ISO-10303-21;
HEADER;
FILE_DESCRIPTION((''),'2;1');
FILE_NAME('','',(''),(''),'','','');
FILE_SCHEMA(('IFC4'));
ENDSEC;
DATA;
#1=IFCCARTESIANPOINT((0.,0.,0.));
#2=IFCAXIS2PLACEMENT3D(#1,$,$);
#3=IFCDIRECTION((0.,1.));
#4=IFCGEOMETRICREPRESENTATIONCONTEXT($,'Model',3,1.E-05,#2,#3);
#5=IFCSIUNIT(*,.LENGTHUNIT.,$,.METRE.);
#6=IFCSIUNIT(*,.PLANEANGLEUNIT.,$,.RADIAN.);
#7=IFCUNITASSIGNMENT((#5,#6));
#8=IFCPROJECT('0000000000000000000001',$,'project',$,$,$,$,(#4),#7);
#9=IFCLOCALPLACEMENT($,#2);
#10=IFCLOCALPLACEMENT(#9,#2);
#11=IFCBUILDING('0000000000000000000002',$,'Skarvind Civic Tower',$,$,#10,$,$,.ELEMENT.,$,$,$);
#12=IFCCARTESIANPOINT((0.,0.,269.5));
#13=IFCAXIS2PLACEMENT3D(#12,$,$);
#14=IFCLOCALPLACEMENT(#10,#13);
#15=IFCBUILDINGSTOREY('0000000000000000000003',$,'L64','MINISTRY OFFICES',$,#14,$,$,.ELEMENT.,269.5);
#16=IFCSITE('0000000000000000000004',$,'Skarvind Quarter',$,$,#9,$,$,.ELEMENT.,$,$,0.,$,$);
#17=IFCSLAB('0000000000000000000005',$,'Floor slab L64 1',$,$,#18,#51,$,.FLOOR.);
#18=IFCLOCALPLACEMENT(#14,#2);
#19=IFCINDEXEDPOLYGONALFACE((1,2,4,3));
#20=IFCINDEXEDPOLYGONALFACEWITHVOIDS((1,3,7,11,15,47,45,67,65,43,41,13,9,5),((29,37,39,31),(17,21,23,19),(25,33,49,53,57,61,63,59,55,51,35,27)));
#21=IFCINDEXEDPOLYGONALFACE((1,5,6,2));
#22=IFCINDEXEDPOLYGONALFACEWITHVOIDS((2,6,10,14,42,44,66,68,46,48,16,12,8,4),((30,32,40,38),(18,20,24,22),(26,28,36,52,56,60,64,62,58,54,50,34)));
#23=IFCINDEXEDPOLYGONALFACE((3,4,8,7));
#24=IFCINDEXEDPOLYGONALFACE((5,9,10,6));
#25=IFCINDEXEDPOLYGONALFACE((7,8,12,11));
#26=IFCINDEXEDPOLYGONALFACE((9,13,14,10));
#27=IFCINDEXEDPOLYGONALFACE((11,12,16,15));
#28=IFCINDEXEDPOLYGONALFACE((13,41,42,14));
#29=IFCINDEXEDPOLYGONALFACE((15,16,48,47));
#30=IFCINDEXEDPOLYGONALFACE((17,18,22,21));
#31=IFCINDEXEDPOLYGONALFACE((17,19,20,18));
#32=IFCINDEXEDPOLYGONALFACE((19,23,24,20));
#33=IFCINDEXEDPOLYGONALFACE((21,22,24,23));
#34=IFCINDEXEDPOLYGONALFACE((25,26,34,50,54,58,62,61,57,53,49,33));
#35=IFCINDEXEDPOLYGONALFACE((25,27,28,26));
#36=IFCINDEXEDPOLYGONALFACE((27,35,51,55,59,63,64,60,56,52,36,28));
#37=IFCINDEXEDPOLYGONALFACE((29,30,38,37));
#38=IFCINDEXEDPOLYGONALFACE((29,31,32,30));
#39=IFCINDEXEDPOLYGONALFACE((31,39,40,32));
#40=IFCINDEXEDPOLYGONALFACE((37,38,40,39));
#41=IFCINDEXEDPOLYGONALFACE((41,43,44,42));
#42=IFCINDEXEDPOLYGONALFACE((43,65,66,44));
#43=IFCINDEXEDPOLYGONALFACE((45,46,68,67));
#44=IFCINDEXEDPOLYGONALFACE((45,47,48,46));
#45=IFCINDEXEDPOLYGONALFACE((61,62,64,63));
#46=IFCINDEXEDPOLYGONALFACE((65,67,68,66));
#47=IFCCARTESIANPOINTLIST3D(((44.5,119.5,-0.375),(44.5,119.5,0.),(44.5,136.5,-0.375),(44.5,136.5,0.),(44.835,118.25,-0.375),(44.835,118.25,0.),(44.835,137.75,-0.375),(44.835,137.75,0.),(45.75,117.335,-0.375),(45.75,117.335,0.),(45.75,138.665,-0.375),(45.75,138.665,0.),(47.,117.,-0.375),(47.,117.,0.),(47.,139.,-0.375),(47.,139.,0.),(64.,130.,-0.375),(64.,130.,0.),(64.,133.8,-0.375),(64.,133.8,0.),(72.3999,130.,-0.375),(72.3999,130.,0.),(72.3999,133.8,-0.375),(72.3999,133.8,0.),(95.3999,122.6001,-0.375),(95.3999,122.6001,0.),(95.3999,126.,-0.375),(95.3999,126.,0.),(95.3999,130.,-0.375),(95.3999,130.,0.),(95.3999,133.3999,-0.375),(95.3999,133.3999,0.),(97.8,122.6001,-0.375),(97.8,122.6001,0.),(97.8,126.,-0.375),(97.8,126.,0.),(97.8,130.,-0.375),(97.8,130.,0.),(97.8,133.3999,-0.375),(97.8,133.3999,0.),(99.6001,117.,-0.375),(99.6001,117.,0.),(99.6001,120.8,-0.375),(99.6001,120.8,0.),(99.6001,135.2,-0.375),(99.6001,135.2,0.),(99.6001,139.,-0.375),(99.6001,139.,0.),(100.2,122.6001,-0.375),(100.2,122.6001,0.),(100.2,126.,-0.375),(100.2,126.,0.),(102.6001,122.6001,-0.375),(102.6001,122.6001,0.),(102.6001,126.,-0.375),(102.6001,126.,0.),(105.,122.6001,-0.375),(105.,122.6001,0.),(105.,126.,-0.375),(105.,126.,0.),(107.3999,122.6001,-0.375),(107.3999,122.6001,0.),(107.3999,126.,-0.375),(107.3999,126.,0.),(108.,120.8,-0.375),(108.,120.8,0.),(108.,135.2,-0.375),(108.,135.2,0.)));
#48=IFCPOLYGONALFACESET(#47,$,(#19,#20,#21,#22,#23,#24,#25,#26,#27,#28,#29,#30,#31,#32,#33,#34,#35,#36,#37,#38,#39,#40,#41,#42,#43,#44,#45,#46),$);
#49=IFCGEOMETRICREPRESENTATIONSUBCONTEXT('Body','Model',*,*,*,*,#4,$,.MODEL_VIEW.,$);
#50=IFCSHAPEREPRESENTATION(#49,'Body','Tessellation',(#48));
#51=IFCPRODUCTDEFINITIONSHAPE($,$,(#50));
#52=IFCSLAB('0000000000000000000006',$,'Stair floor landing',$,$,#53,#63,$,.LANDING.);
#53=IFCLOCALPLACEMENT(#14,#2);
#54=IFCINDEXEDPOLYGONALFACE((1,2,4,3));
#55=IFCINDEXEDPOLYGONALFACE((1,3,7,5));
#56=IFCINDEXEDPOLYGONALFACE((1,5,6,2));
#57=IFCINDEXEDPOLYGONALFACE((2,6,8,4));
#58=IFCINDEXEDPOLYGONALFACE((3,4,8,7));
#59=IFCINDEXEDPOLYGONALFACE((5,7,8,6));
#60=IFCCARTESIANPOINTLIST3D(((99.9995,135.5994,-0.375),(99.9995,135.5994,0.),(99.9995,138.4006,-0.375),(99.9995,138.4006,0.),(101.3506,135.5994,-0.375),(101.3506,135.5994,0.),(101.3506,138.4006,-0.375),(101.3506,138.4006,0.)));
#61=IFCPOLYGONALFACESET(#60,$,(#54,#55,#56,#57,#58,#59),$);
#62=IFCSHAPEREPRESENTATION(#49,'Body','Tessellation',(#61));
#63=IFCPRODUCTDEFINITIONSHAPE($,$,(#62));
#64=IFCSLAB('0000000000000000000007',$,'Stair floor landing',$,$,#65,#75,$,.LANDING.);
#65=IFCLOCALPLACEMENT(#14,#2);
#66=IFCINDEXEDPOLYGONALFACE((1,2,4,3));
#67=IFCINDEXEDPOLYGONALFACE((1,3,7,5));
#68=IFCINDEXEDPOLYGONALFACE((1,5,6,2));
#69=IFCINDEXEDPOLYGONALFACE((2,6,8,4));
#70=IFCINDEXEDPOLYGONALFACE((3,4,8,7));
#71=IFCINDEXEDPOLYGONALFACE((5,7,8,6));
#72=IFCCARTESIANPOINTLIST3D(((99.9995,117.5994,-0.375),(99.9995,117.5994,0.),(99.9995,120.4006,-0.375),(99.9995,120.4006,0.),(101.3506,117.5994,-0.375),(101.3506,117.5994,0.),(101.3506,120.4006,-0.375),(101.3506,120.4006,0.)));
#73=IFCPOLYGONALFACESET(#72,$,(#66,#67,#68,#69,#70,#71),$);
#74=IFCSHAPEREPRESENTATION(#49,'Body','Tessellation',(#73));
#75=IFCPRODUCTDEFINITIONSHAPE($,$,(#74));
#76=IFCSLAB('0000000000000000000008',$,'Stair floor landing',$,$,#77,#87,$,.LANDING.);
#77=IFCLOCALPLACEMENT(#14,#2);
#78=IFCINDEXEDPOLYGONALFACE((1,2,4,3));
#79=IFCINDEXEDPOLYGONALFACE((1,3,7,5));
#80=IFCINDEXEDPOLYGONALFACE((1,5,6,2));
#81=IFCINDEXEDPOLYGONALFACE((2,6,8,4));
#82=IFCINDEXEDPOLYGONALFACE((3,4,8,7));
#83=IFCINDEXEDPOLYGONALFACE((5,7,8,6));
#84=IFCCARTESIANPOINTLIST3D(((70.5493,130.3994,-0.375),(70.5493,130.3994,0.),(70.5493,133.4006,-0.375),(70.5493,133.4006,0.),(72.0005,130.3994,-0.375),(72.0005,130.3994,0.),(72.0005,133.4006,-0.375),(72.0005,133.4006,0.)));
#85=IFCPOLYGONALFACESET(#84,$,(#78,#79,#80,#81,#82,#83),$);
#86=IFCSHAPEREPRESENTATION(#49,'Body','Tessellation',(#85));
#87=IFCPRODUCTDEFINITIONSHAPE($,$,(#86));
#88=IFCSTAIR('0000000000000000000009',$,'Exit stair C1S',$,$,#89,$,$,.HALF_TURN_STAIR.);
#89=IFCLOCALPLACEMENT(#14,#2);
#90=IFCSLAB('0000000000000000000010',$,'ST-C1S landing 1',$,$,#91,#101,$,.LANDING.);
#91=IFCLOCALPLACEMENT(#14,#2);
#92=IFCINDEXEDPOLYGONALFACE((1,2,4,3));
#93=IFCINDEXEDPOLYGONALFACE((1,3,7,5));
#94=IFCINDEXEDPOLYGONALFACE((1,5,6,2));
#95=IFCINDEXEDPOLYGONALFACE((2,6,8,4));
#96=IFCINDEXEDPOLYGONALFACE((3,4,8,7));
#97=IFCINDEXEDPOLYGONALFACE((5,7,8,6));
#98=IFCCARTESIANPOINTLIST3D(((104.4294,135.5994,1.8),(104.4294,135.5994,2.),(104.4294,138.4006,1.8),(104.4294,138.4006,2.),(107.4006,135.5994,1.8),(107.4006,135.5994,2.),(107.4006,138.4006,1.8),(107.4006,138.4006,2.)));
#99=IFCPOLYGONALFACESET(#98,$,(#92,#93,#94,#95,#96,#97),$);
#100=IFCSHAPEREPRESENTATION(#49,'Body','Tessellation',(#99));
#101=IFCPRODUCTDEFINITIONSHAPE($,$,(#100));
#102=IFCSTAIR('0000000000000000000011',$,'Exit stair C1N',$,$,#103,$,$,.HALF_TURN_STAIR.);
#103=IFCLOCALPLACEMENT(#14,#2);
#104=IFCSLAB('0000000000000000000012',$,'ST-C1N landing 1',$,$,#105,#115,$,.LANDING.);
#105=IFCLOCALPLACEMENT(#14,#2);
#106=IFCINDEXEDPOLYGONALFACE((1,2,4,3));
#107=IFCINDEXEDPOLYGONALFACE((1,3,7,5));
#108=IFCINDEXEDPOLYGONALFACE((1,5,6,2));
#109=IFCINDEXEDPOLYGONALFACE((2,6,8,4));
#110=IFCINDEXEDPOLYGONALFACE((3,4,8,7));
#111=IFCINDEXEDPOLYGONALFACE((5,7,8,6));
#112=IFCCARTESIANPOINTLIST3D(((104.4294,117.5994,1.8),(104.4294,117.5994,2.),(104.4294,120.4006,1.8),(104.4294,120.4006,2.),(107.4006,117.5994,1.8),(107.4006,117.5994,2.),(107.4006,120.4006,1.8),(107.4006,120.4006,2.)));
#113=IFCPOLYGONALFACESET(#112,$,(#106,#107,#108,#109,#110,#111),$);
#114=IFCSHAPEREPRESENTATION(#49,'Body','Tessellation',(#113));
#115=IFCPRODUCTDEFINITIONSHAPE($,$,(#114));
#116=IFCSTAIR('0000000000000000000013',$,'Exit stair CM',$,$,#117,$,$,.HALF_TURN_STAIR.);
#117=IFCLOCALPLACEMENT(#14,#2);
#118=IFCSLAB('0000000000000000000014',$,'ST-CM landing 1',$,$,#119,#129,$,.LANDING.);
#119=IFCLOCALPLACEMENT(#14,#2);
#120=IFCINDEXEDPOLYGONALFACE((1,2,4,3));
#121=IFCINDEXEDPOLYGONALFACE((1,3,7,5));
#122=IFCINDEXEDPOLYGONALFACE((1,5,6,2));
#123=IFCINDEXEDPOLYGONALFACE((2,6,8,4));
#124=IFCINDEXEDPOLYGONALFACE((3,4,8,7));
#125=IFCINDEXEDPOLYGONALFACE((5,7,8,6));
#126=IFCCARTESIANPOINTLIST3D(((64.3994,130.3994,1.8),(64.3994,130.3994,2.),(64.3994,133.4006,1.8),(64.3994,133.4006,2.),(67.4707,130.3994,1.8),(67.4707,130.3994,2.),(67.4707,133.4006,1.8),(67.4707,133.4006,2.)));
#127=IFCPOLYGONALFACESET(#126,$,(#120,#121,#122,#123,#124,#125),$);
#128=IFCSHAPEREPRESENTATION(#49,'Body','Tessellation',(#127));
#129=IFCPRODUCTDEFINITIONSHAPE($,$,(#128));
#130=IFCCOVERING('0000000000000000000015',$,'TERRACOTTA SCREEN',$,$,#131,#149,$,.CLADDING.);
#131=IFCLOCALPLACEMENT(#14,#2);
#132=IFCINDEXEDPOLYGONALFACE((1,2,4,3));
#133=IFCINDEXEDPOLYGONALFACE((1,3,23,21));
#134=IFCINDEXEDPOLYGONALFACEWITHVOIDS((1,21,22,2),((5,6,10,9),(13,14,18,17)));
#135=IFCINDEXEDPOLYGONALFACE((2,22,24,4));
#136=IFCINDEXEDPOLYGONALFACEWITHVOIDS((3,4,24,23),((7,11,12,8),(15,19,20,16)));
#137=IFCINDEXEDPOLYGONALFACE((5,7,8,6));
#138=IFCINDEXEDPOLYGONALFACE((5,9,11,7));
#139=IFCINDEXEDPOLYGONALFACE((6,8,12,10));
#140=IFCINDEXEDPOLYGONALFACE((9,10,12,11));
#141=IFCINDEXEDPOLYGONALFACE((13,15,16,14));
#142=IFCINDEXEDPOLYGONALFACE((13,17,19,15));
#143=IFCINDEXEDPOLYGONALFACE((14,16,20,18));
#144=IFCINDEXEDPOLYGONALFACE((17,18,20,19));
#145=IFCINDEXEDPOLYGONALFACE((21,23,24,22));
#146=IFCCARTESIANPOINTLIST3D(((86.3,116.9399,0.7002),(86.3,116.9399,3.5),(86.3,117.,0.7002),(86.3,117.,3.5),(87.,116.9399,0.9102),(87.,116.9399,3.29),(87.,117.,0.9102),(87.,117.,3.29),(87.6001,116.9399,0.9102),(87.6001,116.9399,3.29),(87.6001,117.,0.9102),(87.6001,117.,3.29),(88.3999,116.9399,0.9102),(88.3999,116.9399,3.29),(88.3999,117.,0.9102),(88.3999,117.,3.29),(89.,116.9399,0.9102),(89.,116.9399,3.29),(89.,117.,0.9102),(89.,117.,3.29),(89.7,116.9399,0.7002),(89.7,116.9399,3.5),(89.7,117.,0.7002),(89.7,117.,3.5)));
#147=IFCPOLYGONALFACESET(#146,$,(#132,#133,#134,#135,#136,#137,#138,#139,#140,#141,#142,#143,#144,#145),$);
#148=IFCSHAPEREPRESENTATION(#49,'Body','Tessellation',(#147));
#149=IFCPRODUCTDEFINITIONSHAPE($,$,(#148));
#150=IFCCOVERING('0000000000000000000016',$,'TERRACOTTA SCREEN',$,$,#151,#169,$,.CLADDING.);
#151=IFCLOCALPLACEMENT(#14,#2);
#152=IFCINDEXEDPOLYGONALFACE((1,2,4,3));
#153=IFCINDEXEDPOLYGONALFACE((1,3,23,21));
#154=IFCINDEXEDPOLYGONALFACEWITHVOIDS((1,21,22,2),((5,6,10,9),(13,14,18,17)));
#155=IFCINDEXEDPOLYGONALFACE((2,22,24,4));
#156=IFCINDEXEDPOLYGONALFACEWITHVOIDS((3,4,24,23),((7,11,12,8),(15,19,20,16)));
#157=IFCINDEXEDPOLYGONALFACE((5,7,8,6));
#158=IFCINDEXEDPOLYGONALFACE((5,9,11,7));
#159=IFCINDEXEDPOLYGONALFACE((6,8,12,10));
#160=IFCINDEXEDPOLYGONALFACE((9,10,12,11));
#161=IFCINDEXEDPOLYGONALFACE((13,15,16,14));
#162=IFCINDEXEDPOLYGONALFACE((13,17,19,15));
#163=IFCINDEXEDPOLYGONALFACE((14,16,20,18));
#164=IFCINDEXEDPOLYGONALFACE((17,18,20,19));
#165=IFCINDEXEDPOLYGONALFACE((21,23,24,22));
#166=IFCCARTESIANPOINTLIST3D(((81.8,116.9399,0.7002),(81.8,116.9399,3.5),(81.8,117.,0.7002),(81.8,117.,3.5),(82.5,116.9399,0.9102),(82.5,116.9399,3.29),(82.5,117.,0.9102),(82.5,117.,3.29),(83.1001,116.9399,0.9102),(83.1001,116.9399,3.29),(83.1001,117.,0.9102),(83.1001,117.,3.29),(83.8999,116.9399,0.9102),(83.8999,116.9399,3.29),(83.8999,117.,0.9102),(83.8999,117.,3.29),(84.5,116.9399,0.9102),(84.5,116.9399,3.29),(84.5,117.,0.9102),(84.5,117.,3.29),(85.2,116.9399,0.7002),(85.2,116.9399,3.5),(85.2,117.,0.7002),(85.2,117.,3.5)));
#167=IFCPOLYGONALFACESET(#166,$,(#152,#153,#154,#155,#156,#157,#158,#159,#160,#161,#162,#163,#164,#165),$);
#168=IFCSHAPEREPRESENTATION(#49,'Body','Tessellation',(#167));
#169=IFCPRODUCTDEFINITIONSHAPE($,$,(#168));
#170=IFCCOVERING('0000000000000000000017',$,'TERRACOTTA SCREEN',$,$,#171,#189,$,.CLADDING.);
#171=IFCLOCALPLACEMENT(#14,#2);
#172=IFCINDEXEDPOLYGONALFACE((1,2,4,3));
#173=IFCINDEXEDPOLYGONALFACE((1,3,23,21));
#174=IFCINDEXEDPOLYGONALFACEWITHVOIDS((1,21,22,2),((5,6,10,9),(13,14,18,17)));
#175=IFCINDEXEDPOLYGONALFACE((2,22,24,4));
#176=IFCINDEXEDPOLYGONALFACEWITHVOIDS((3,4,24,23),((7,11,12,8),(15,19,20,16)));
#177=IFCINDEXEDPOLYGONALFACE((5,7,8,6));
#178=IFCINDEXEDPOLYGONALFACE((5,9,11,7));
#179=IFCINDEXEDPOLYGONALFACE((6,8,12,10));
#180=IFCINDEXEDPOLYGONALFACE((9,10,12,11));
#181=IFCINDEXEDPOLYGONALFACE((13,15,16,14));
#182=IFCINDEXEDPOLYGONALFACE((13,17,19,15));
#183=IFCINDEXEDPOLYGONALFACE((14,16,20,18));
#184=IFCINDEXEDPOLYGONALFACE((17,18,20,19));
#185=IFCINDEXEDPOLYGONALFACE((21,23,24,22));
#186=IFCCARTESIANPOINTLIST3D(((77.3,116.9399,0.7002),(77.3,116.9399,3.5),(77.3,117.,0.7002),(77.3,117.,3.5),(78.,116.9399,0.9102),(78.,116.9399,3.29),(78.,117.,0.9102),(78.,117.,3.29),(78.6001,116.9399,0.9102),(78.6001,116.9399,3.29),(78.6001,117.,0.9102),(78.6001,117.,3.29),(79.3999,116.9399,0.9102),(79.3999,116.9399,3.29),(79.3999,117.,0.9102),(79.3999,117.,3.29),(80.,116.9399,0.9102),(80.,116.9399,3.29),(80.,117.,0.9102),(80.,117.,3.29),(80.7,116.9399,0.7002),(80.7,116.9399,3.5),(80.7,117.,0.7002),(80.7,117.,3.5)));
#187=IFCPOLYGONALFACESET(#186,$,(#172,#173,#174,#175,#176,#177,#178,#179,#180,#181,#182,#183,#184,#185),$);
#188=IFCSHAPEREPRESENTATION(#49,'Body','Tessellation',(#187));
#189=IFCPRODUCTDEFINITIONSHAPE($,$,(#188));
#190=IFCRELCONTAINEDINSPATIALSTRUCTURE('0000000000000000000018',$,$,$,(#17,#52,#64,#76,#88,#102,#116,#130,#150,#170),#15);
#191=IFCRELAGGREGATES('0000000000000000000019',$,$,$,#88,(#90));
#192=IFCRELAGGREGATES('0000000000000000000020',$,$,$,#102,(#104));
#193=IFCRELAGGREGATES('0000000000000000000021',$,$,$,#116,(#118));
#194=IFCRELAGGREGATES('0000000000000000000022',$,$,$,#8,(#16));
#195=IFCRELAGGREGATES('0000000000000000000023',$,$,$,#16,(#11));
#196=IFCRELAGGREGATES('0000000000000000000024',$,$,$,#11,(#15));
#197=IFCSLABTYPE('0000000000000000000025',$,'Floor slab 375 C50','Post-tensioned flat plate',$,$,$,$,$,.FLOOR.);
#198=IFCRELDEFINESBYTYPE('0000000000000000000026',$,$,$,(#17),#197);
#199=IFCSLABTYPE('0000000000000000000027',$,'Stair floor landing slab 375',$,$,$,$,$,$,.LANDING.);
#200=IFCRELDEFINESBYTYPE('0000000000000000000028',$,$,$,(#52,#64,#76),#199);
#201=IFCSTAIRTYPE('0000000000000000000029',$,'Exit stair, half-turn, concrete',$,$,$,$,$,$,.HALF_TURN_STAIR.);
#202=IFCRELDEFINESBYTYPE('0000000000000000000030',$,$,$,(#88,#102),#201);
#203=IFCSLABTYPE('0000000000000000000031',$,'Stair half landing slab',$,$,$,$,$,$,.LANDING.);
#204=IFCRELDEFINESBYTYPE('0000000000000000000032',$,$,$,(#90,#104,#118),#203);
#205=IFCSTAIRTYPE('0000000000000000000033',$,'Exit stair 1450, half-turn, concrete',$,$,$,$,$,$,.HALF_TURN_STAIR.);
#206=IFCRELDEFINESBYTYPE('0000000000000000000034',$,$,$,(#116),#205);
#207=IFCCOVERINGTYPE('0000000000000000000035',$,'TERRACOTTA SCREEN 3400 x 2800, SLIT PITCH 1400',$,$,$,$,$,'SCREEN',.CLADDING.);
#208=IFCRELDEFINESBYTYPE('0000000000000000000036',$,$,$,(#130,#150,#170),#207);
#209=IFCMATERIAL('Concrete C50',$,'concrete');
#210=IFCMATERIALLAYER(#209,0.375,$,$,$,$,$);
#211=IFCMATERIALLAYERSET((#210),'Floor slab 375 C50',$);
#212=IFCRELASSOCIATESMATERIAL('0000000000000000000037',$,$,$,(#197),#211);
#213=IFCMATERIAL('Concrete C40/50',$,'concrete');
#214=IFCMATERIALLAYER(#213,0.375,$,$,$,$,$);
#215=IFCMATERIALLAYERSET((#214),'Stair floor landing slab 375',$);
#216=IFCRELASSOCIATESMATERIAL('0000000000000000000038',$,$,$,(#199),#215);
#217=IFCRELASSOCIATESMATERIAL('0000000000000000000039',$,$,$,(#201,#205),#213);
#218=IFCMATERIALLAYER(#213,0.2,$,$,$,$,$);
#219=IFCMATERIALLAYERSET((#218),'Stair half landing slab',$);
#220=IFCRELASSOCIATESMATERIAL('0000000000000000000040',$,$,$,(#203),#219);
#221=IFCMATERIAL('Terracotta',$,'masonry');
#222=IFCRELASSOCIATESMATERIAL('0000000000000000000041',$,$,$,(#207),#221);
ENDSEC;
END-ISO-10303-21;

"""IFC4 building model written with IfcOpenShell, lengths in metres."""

from ifc_helpers import new_model, si_unit, direction, frame, origin, place, context, subcontext, project, spatial, polyline, outline, extrude, material, layer, layer_set, material_profile, profile_set, type_object, element, aggregate, save


model = new_model("IFC4")

# Units and contexts
model_context = context("Model", 3, precision=1e-05, world=origin(), true_north=direction((0.0, 1.0)))
body_context = subcontext(model_context, "Body", "Model", "MODEL_VIEW")
ifc_project = project(units=[si_unit("LENGTHUNIT", "METRE"), si_unit("PLANEANGLEUNIT", "RADIAN")], contexts=[model_context])

# Site, building, storey
site_placement = place(None, origin())
site = spatial("IfcSite", under=ifc_project, at=site_placement, Name="Skarvind Quarter", CompositionType="ELEMENT", RefElevation=0.0)
building_placement = place(site_placement, origin())
building = spatial("IfcBuilding", under=site, at=building_placement, Name="Skarvind Civic Tower", CompositionType="ELEMENT")
storey_placement = place(building_placement, frame((0.0, 0.0, 269.5)))
storey = spatial("IfcBuildingStorey", under=building, at=storey_placement, Name="L64", Description="MINISTRY OFFICES", CompositionType="ELEMENT", Elevation=269.5)

# Slabs
ifc_material_1 = material(Name="Concrete C50", Category="concrete")
ifc_layer_1 = layer(ifc_material_1, 0.375)
ifc_layer_set_1 = layer_set([ifc_layer_1], Name="Floor slab 375 C50")
slab_type_1 = type_object("IfcSlabType", Name="Floor slab 375 C50", Description="Post-tensioned flat plate", PredefinedType="FLOOR", material=ifc_layer_set_1)
slab_1_placement = place(storey_placement, frame((0.0, 0.0, -0.375)))
element("IfcSlab", 1, at=slab_1_placement, inside=storey, type_object=slab_type_1, Name="Floor slab L64 1", PredefinedType="FLOOR", context=body_context, shape_type="SweptSolid", body=[
    extrude(outline(polyline([(99.6001, 117.0), (99.6001, 120.8), (108.0, 120.8), (108.0, 135.2), (99.6001, 135.2), (99.6001, 139.0), (47.0, 139.0), (45.75, 138.665), (44.835, 137.75), (44.5, 136.5), (44.5, 119.5), (44.835, 118.25), (45.75, 117.335), (47.0, 117.0), (99.6001, 117.0)]), holes=[polyline([(95.3999, 126.0), (97.8, 126.0), (100.2, 126.0), (102.6001, 126.0), (105.0, 126.0), (107.3999, 126.0), (107.3999, 122.6001), (105.0, 122.6001), (102.6001, 122.6001), (100.2, 122.6001), (97.8, 122.6001), (95.3999, 122.6001), (95.3999, 126.0)]), polyline([(95.3999, 133.3999), (97.8, 133.3999), (97.8, 130.0), (95.3999, 130.0), (95.3999, 133.3999)]), polyline([(64.0, 130.0), (64.0, 133.8), (72.3999, 133.8), (72.3999, 130.0), (64.0, 130.0)])]), origin(), (0.0, 0.0, 1.0), 0.375),
])
ifc_material_2 = material(Name="Concrete C40/50", Category="concrete")
ifc_layer_2 = layer(ifc_material_2, 0.375)
ifc_layer_set_2 = layer_set([ifc_layer_2], Name="Stair floor landing slab 375")
slab_type_2 = type_object("IfcSlabType", Name="Stair floor landing slab 375", PredefinedType="LANDING", material=ifc_layer_set_2)
slab_2_placement = place(storey_placement, frame((0.0, 0.0, -0.375)))
element("IfcSlab", 2, at=slab_2_placement, inside=storey, type_object=slab_type_2, Name="Stair floor landing", PredefinedType="LANDING", context=body_context, shape_type="SweptSolid", body=[
    extrude(outline(polyline([(101.3506, 138.4006), (101.3506, 135.5994), (99.9995, 135.5994), (99.9995, 138.4006), (101.3506, 138.4006)])), origin(), (0.0, 0.0, 1.0), 0.375),
])
slab_3_placement = place(storey_placement, frame((0.0, 0.0, -0.375)))
element("IfcSlab", 3, at=slab_3_placement, inside=storey, type_object=slab_type_2, Name="Stair floor landing", PredefinedType="LANDING", context=body_context, shape_type="SweptSolid", body=[
    extrude(outline(polyline([(101.3506, 120.4006), (101.3506, 117.5994), (99.9995, 117.5994), (99.9995, 120.4006), (101.3506, 120.4006)])), origin(), (0.0, 0.0, 1.0), 0.375),
])
slab_4_placement = place(storey_placement, frame((0.0, 0.0, -0.375)))
element("IfcSlab", 4, at=slab_4_placement, inside=storey, type_object=slab_type_2, Name="Stair floor landing", PredefinedType="LANDING", context=body_context, shape_type="SweptSolid", body=[
    extrude(outline(polyline([(70.5493, 130.3994), (70.5493, 133.4006), (72.0005, 133.4006), (72.0005, 130.3994), (70.5493, 130.3994)])), origin(), (0.0, 0.0, 1.0), 0.375),
])

# Stairs, slabs
stair_type_1 = type_object("IfcStairType", Name="Exit stair, half-turn, concrete", PredefinedType="HALF_TURN_STAIR", material=ifc_material_2)
stair_1_placement = place(storey_placement, origin())
stair_1 = element("IfcStair", 5, at=stair_1_placement, inside=storey, type_object=stair_type_1, Name="Exit stair C1S", PredefinedType="HALF_TURN_STAIR")
ifc_layer_3 = layer(ifc_material_2, 0.2)
ifc_layer_set_3 = layer_set([ifc_layer_3], Name="Stair half landing slab")
slab_type_3 = type_object("IfcSlabType", Name="Stair half landing slab", PredefinedType="LANDING", material=ifc_layer_set_3)
slab_5_placement = place(storey_placement, frame((0.0, 0.0, 1.8)))
slab_5 = element("IfcSlab", 6, at=slab_5_placement, type_object=slab_type_3, Name="ST-C1S landing 1", PredefinedType="LANDING", context=body_context, shape_type="SweptSolid", body=[
    extrude(outline(polyline([(104.4294, 135.5994), (104.4294, 138.4006), (107.4006, 138.4006), (107.4006, 135.5994), (104.4294, 135.5994)])), origin(), (0.0, 0.0, 1.0), 0.2),
])
aggregate(stair_1, [slab_5])
stair_2_placement = place(storey_placement, origin())
stair_2 = element("IfcStair", 7, at=stair_2_placement, inside=storey, type_object=stair_type_1, Name="Exit stair C1N", PredefinedType="HALF_TURN_STAIR")
slab_6_placement = place(storey_placement, frame((0.0, 0.0, 1.8)))
slab_6 = element("IfcSlab", 8, at=slab_6_placement, type_object=slab_type_3, Name="ST-C1N landing 1", PredefinedType="LANDING", context=body_context, shape_type="SweptSolid", body=[
    extrude(outline(polyline([(104.4294, 117.5994), (104.4294, 120.4006), (107.4006, 120.4006), (107.4006, 117.5994), (104.4294, 117.5994)])), origin(), (0.0, 0.0, 1.0), 0.2),
])
aggregate(stair_2, [slab_6])
stair_type_2 = type_object("IfcStairType", Name="Exit stair 1450, half-turn, concrete", PredefinedType="HALF_TURN_STAIR", material=ifc_material_2)
stair_3_placement = place(storey_placement, origin())
stair_3 = element("IfcStair", 9, at=stair_3_placement, inside=storey, type_object=stair_type_2, Name="Exit stair CM", PredefinedType="HALF_TURN_STAIR")
slab_7_placement = place(storey_placement, frame((0.0, 0.0, 1.8)))
slab_7 = element("IfcSlab", 10, at=slab_7_placement, type_object=slab_type_3, Name="ST-CM landing 1", PredefinedType="LANDING", context=body_context, shape_type="SweptSolid", body=[
    extrude(outline(polyline([(67.4707, 133.4006), (67.4707, 130.3994), (64.3994, 130.3994), (64.3994, 133.4006), (67.4707, 133.4006)])), origin(), (0.0, 0.0, 1.0), 0.2),
])
aggregate(stair_3, [slab_7])

# Coverings
ifc_material_3 = material(Name="Terracotta", Category="masonry")
ifc_material_profile = material_profile(ifc_material_3, outline(polyline([(-1.7, -1.3999), (1.7, -1.3999), (1.7, 1.3999), (-1.7, 1.3999), (-1.7, -1.3999)]), holes=[polyline([(-1.0, -1.1899), (-0.3999, -1.1899), (-0.3999, 1.1899), (-1.0, 1.1899), (-1.0, -1.1899)]), polyline([(0.3999, -1.1899), (1.0, -1.1899), (1.0, 1.1899), (0.3999, 1.1899), (0.3999, -1.1899)])]), Name="TERRACOTTA SCREEN 3400 x 2800, SLIT PITCH 1400")
ifc_profile_set = profile_set([ifc_material_profile], Name="Terracotta")
covering_type = type_object("IfcCoveringType", Name="TERRACOTTA SCREEN 3400 x 2800, SLIT PITCH 1400", ElementType="SCREEN", PredefinedType="CLADDING", material=ifc_profile_set)
for number, where, z_axis, x_axis, name in (
    (11, (88.0, 117.0, 2.1001), (0.0, -1.0, 0.0), (1.0, 0.0, 0.0), "TERRACOTTA SCREEN"),
    (12, (83.5, 117.0, 2.1001), (0.0, -1.0, 0.0), (1.0, 0.0, 0.0), "TERRACOTTA SCREEN"),
    (13, (79.0, 117.0, 2.1001), (0.0, -1.0, 0.0), (1.0, 0.0, 0.0), "TERRACOTTA SCREEN"),
):
    element("IfcCovering", number, at=place(storey_placement, frame(where, z_axis=z_axis, x_axis=x_axis)), inside=storey, type_object=covering_type, Name=name, PredefinedType="CLADDING", context=body_context, shape_type="SweptSolid", body=[
        extrude(outline(polyline([(-1.7, -1.3999), (1.7, -1.3999), (1.7, 1.3999), (-1.7, 1.3999), (-1.7, -1.3999)]), holes=[polyline([(-1.0, -1.1899), (-0.3999, -1.1899), (-0.3999, 1.1899), (-1.0, 1.1899), (-1.0, -1.1899)]), polyline([(0.3999, -1.1899), (1.0, -1.1899), (1.0, 1.1899), (0.3999, 1.1899), (0.3999, -1.1899)])]), origin(), (0.0, 0.0, 1.0), 0.0601),
    ])

save(model, "model.ifc")
